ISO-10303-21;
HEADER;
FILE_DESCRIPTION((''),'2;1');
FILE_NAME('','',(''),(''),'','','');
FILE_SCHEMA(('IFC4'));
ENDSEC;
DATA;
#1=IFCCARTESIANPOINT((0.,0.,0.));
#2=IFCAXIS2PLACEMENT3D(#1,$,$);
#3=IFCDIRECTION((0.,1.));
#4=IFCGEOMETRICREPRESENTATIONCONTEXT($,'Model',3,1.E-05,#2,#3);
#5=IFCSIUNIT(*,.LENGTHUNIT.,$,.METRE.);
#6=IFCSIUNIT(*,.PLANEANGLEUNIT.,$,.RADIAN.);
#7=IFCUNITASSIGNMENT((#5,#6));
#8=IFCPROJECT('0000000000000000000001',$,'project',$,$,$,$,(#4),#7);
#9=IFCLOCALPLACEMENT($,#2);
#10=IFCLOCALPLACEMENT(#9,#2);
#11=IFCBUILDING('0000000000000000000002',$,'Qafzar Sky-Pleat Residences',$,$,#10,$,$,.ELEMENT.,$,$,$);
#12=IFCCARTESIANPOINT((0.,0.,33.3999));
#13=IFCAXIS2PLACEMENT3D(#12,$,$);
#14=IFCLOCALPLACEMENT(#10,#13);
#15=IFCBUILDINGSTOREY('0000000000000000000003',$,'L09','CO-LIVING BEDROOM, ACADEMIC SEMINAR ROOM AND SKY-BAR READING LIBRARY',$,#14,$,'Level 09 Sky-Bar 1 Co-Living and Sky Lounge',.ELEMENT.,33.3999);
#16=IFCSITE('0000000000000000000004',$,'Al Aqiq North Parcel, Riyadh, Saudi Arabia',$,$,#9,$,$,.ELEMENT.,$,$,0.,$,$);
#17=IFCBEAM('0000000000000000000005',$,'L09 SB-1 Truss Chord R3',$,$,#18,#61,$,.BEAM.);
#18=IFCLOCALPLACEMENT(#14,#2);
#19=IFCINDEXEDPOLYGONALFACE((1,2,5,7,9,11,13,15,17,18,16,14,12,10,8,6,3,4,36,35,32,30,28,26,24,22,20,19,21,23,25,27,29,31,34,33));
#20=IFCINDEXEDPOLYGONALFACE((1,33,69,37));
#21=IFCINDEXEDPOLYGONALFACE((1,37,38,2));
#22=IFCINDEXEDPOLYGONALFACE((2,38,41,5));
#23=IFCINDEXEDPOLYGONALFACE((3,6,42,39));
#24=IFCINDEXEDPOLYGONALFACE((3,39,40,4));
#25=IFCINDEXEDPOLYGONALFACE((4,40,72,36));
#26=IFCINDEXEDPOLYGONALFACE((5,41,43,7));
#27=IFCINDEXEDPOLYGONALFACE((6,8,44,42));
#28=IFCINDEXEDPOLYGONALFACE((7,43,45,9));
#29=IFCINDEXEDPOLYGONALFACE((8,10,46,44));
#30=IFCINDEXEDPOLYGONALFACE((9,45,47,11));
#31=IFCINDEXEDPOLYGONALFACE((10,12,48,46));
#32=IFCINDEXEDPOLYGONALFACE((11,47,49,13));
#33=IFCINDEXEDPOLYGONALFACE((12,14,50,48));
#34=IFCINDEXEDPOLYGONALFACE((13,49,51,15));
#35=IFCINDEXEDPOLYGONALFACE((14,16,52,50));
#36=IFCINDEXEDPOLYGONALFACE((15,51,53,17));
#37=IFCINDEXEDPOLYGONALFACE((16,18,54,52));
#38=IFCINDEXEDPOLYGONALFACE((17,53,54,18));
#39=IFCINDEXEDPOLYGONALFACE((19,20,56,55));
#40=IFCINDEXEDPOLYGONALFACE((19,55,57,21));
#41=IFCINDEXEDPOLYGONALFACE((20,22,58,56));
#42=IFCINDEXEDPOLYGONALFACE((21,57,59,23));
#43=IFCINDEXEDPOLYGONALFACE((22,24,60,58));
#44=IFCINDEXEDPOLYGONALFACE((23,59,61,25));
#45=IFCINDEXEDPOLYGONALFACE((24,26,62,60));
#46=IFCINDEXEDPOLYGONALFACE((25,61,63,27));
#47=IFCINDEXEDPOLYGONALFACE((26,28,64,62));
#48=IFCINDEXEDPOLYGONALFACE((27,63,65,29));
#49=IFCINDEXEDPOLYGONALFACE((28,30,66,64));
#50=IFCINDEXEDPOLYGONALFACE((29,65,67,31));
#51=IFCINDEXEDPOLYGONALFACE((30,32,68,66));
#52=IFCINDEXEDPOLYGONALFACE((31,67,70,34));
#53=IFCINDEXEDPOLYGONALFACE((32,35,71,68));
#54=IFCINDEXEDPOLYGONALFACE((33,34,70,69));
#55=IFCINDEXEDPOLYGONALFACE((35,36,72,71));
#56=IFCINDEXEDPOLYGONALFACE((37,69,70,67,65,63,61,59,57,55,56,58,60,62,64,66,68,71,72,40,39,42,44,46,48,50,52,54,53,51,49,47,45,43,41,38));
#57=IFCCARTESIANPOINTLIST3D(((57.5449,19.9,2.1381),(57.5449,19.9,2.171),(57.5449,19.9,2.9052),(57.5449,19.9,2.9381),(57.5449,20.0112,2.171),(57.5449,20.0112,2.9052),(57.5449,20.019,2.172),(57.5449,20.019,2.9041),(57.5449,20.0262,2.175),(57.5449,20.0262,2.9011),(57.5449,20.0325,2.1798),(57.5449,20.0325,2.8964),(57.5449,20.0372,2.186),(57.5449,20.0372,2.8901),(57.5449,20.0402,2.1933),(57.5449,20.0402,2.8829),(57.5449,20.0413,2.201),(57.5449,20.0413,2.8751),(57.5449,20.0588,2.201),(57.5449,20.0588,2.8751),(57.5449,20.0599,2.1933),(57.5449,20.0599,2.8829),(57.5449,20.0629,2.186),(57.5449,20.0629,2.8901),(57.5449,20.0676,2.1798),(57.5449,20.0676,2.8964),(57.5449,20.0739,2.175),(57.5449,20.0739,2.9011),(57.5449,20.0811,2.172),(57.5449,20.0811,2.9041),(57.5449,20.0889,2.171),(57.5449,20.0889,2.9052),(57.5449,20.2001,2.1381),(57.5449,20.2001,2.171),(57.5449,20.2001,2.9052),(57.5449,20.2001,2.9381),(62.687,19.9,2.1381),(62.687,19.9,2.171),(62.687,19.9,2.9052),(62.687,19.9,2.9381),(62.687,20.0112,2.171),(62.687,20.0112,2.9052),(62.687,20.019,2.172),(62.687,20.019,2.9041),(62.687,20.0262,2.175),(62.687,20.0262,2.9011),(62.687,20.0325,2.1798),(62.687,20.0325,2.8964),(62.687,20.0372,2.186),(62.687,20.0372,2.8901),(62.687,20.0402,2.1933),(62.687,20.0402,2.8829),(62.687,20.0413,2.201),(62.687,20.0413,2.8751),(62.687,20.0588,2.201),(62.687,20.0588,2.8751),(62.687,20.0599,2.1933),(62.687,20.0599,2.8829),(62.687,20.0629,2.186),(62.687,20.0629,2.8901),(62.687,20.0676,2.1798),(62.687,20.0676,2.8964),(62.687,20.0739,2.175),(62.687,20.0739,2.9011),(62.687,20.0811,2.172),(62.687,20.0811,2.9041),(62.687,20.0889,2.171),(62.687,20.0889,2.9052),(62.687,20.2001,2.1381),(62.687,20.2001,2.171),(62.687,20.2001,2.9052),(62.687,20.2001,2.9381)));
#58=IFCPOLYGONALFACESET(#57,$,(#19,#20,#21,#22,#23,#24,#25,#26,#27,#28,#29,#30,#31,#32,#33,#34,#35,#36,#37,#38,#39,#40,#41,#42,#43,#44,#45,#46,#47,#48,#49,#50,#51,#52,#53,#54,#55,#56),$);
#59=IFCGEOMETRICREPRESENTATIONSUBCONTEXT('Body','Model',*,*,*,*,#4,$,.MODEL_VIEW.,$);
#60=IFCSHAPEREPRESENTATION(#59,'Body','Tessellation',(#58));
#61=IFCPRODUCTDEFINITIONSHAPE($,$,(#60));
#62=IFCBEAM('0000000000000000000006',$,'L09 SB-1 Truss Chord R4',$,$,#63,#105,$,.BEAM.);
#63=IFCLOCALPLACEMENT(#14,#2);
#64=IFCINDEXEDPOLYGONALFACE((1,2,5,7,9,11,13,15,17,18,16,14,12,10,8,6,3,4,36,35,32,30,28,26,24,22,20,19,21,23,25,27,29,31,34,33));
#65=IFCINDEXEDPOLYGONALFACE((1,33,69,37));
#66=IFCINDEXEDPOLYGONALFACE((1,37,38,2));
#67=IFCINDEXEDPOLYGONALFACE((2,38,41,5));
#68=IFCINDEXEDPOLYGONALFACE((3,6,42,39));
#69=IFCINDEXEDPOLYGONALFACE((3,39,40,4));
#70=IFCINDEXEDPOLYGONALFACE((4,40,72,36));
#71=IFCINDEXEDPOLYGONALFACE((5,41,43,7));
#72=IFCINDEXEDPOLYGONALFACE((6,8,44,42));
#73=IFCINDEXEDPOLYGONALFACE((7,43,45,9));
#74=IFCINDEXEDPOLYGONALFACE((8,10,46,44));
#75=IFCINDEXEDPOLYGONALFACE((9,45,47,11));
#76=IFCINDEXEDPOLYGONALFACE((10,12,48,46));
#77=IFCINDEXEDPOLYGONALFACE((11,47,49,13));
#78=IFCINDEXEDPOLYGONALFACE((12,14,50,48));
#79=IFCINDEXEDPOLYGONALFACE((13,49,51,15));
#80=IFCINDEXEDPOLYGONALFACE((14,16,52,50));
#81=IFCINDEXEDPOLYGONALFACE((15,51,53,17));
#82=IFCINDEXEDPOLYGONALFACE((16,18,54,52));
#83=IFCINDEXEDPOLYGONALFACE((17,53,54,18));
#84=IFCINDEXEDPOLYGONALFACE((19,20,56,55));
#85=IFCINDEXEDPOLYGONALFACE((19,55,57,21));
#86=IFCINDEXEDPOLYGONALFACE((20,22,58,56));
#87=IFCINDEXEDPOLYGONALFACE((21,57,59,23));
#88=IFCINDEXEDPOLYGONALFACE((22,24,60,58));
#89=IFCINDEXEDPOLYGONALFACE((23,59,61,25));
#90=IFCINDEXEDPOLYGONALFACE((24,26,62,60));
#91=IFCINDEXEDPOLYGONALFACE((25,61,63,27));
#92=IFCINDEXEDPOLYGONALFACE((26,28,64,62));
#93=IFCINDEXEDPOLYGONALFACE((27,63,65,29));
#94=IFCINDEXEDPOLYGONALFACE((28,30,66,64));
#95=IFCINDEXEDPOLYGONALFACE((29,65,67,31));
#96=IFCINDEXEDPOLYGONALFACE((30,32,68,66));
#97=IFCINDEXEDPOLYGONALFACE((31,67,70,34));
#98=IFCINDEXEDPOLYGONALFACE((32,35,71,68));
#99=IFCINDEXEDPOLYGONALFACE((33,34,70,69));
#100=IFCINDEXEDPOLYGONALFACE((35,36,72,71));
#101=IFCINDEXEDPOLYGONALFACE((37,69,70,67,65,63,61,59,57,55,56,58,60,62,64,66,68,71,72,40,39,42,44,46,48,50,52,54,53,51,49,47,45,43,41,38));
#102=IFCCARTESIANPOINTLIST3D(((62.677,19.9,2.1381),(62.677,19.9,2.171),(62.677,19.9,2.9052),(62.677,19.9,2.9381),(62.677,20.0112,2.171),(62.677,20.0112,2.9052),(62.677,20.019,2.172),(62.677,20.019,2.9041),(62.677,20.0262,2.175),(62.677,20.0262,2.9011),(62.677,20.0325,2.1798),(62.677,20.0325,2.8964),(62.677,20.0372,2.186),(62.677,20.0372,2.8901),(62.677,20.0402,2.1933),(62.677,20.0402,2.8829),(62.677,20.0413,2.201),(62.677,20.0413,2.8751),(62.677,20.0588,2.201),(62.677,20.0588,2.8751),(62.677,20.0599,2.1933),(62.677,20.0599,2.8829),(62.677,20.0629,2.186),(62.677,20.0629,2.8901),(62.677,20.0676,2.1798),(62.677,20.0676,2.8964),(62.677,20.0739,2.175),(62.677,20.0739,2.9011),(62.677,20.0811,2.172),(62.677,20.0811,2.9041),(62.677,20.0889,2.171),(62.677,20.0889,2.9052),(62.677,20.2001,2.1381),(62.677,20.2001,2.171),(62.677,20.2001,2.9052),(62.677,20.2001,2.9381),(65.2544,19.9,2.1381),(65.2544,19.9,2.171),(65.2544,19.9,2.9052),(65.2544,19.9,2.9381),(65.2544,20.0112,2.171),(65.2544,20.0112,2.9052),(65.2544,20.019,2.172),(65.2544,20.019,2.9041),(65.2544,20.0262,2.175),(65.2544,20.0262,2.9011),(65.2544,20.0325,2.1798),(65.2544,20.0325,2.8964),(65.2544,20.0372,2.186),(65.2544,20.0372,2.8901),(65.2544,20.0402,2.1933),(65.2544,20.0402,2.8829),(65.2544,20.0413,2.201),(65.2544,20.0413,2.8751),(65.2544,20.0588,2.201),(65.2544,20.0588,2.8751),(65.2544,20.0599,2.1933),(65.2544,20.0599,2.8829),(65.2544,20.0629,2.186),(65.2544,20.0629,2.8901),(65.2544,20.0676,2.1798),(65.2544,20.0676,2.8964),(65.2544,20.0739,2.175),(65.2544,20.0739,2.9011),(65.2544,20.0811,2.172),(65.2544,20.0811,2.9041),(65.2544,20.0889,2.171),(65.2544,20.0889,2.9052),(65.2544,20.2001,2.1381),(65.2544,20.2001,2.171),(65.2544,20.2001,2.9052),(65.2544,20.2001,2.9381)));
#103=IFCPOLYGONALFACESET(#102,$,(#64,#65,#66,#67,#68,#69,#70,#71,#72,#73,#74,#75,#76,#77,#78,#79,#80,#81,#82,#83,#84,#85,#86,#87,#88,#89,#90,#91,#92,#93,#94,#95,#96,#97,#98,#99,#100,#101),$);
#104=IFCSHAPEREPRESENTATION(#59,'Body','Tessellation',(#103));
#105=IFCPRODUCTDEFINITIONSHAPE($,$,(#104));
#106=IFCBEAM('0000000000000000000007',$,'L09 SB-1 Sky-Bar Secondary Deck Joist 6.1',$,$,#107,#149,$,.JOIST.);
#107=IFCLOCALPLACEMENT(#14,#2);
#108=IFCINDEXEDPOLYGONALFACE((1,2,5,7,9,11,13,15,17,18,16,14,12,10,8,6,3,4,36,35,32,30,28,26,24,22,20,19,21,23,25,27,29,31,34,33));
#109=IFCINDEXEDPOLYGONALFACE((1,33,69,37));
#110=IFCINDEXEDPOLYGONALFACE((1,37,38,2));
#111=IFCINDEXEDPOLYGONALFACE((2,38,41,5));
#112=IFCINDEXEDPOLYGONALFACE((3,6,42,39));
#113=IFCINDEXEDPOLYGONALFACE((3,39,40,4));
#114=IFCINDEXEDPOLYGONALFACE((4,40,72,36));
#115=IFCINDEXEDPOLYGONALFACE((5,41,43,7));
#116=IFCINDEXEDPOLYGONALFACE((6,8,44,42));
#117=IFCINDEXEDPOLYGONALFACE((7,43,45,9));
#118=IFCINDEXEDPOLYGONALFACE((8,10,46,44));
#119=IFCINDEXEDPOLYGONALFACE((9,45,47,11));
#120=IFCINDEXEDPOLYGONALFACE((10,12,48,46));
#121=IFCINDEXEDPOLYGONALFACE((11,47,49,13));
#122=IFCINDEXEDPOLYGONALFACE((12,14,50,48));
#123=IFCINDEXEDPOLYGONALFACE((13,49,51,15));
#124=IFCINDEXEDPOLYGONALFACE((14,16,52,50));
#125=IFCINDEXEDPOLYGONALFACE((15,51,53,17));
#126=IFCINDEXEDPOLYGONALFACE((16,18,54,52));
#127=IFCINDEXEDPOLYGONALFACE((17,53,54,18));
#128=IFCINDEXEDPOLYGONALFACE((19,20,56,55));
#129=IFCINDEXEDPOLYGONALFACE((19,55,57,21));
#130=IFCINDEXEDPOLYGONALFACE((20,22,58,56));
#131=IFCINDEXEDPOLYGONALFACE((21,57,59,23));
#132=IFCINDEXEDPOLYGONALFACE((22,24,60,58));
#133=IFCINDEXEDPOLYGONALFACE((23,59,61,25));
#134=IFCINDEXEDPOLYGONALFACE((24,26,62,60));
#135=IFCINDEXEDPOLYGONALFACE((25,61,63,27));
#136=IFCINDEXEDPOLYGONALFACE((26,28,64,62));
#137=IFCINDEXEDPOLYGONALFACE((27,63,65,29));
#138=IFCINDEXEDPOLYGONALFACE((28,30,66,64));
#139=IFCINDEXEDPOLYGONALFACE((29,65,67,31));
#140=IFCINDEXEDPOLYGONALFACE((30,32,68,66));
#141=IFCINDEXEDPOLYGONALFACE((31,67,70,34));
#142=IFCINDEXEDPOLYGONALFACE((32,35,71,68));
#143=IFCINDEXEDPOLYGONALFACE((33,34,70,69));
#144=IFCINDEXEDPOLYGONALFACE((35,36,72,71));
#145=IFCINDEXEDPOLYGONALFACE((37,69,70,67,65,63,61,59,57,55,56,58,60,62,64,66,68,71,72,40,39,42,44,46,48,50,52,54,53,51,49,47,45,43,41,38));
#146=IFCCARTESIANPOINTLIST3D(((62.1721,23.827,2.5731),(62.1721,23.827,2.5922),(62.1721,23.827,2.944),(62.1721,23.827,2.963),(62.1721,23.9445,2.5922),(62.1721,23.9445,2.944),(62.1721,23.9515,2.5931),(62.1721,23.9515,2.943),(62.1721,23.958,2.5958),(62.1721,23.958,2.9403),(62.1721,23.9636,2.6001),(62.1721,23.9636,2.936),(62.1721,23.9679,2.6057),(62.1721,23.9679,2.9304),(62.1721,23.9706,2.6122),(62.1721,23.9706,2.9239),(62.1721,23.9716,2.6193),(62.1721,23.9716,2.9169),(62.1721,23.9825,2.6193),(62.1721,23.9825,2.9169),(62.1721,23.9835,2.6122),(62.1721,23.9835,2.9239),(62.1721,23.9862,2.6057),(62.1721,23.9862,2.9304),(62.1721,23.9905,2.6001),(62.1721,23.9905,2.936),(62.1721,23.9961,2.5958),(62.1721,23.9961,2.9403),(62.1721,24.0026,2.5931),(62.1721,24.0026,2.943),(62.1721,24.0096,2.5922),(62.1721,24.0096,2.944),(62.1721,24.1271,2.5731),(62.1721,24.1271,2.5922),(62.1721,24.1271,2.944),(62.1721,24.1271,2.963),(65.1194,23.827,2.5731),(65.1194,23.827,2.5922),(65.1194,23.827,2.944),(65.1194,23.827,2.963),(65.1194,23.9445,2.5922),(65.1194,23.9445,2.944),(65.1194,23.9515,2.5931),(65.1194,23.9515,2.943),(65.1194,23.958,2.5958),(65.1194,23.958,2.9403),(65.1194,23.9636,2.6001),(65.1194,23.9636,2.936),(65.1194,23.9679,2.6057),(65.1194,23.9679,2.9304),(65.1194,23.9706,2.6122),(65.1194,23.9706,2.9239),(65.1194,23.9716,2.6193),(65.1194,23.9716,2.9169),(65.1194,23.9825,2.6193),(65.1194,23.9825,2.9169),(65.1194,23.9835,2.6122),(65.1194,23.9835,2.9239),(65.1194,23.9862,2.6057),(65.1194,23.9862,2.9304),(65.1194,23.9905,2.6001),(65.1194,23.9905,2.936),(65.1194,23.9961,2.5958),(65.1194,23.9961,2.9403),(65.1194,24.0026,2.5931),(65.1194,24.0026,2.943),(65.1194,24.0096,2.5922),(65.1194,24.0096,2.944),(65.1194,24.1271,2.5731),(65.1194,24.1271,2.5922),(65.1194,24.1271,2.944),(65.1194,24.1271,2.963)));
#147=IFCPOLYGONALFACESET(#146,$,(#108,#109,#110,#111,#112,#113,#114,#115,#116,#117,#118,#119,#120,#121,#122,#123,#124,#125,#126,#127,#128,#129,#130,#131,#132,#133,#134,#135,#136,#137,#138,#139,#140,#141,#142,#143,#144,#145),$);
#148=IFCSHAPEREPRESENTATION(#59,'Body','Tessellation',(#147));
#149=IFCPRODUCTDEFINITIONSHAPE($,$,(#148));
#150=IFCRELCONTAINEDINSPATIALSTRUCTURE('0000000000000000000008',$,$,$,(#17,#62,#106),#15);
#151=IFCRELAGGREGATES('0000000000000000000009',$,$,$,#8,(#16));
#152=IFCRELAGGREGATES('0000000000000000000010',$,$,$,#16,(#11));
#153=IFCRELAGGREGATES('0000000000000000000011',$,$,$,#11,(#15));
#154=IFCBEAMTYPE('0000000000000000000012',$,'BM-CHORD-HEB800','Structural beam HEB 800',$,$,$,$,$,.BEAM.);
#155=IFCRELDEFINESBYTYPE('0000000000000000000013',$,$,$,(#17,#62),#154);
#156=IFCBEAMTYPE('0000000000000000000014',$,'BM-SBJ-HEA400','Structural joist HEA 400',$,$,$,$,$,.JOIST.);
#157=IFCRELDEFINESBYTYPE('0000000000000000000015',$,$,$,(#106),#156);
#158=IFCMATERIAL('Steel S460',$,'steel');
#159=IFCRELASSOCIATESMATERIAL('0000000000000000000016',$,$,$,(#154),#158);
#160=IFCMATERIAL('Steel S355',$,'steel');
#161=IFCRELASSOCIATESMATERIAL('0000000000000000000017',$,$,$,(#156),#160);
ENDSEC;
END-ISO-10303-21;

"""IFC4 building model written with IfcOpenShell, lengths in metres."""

from ifc_helpers import new_model, si_unit, direction, frame, origin, origin_2d, place, context, subcontext, project, spatial, i_section, extrude, source, transform, mapped, material, material_profile, profile_set, type_object, element, save


model = new_model("IFC4")

# Units and contexts
model_context = context("Model", 3, precision=1e-05, world=origin(), true_north=direction((0.0, 1.0)))
body_context = subcontext(model_context, "Body", "Model", "MODEL_VIEW")
ifc_project = project(units=[si_unit("LENGTHUNIT", "METRE"), si_unit("PLANEANGLEUNIT", "RADIAN")], contexts=[model_context])

# Site, building, storey
site_placement = place(None, origin())
site = spatial("IfcSite", under=ifc_project, at=site_placement, Name="Al Aqiq North Parcel, Riyadh, Saudi Arabia", CompositionType="ELEMENT", RefElevation=0.0)
building_placement = place(site_placement, origin())
building = spatial("IfcBuilding", under=site, at=building_placement, Name="Qafzar Sky-Pleat Residences", CompositionType="ELEMENT")
storey_placement = place(building_placement, frame((0.0, 0.0, 33.3999)))
storey = spatial("IfcBuildingStorey", under=building, at=storey_placement, Name="L09", Description="CO-LIVING BEDROOM, ACADEMIC SEMINAR ROOM AND SKY-BAR READING LIBRARY", LongName="Level 09 Sky-Bar 1 Co-Living and Sky Lounge", CompositionType="ELEMENT", Elevation=33.3999)

# Beams
ifc_material_1 = material(Name="Steel S460", Category="steel")
ifc_material_profile_1 = material_profile(ifc_material_1, i_section(OverallWidth=0.3, OverallDepth=0.8, WebThickness=0.0176, FlangeThickness=0.033, FilletRadius=0.03, at=origin_2d()), Name="HEB 800")
ifc_profile_set_1 = profile_set([ifc_material_profile_1], Name="Steel S460")
beam_type_1 = type_object("IfcBeamType", Name="BM-CHORD-HEB800", Description="Structural beam HEB 800", PredefinedType="BEAM", material=ifc_profile_set_1)
shared_shape_1 = source(origin(), body_context, "Body", "SweptSolid", [
    extrude(i_section(OverallWidth=0.3, OverallDepth=0.8, WebThickness=0.0176, FlangeThickness=0.033, FilletRadius=0.03, at=origin_2d()), origin(), (0.0, 0.0, 1.0), 5.1421),
])
beam_1_placement = place(storey_placement, frame((57.5449, 20.05, 2.5381), z_axis=(1.0, 0.0, 0.0), x_axis=(0.0, 1.0, 0.0)))
element("IfcBeam", 1, at=beam_1_placement, inside=storey, type_object=beam_type_1, Name="L09 SB-1 Truss Chord R3", PredefinedType="BEAM", context=body_context, shape_type="MappedRepresentation", body=[
    mapped(shared_shape_1, transform((0.0, 0.0, 0.0), x_axis=(1.0, 0.0, 0.0), y_axis=(0.0, 1.0, 0.0), z_axis=(0.0, 0.0, 1.0), scale=1.0)),
])
shared_shape_2 = source(origin(), body_context, "Body", "SweptSolid", [
    extrude(i_section(OverallWidth=0.3, OverallDepth=0.8, WebThickness=0.0176, FlangeThickness=0.033, FilletRadius=0.03, at=origin_2d()), origin(), (0.0, 0.0, 1.0), 2.5774),
])
beam_2_placement = place(storey_placement, frame((62.677, 20.05, 2.5381), z_axis=(1.0, 0.0, 0.0), x_axis=(0.0, 1.0, 0.0)))
element("IfcBeam", 2, at=beam_2_placement, inside=storey, type_object=beam_type_1, Name="L09 SB-1 Truss Chord R4", PredefinedType="BEAM", context=body_context, shape_type="MappedRepresentation", body=[
    mapped(shared_shape_2, transform((0.0, 0.0, 0.0), x_axis=(1.0, 0.0, 0.0), y_axis=(0.0, 1.0, 0.0), z_axis=(0.0, 0.0, 1.0), scale=1.0)),
])
ifc_material_2 = material(Name="Steel S355", Category="steel")
ifc_material_profile_2 = material_profile(ifc_material_2, i_section(OverallWidth=0.3, OverallDepth=0.3899, WebThickness=0.011, FlangeThickness=0.019, FilletRadius=0.0271, at=origin_2d()), Name="HEA 400")
ifc_profile_set_2 = profile_set([ifc_material_profile_2], Name="Steel S355")
beam_type_2 = type_object("IfcBeamType", Name="BM-SBJ-HEA400", Description="Structural joist HEA 400", PredefinedType="JOIST", material=ifc_profile_set_2)
shared_shape_3 = source(origin(), body_context, "Body", "SweptSolid", [
    extrude(i_section(OverallWidth=0.3, OverallDepth=0.3899, WebThickness=0.011, FlangeThickness=0.019, FilletRadius=0.0271, at=origin_2d()), origin(), (0.0, 0.0, 1.0), 2.9473),
])
beam_3_placement = place(storey_placement, frame((62.1721, 23.9771, 2.7681), z_axis=(1.0, 0.0, 0.0), x_axis=(0.0, 1.0, 0.0)))
element("IfcBeam", 3, at=beam_3_placement, inside=storey, type_object=beam_type_2, Name="L09 SB-1 Sky-Bar Secondary Deck Joist 6.1", PredefinedType="JOIST", context=body_context, shape_type="MappedRepresentation", body=[
    mapped(shared_shape_3, transform((0.0, 0.0, 0.0), x_axis=(1.0, 0.0, 0.0), y_axis=(0.0, 1.0, 0.0), z_axis=(0.0, 0.0, 1.0), scale=1.0)),
])

save(model, "model.ifc")
